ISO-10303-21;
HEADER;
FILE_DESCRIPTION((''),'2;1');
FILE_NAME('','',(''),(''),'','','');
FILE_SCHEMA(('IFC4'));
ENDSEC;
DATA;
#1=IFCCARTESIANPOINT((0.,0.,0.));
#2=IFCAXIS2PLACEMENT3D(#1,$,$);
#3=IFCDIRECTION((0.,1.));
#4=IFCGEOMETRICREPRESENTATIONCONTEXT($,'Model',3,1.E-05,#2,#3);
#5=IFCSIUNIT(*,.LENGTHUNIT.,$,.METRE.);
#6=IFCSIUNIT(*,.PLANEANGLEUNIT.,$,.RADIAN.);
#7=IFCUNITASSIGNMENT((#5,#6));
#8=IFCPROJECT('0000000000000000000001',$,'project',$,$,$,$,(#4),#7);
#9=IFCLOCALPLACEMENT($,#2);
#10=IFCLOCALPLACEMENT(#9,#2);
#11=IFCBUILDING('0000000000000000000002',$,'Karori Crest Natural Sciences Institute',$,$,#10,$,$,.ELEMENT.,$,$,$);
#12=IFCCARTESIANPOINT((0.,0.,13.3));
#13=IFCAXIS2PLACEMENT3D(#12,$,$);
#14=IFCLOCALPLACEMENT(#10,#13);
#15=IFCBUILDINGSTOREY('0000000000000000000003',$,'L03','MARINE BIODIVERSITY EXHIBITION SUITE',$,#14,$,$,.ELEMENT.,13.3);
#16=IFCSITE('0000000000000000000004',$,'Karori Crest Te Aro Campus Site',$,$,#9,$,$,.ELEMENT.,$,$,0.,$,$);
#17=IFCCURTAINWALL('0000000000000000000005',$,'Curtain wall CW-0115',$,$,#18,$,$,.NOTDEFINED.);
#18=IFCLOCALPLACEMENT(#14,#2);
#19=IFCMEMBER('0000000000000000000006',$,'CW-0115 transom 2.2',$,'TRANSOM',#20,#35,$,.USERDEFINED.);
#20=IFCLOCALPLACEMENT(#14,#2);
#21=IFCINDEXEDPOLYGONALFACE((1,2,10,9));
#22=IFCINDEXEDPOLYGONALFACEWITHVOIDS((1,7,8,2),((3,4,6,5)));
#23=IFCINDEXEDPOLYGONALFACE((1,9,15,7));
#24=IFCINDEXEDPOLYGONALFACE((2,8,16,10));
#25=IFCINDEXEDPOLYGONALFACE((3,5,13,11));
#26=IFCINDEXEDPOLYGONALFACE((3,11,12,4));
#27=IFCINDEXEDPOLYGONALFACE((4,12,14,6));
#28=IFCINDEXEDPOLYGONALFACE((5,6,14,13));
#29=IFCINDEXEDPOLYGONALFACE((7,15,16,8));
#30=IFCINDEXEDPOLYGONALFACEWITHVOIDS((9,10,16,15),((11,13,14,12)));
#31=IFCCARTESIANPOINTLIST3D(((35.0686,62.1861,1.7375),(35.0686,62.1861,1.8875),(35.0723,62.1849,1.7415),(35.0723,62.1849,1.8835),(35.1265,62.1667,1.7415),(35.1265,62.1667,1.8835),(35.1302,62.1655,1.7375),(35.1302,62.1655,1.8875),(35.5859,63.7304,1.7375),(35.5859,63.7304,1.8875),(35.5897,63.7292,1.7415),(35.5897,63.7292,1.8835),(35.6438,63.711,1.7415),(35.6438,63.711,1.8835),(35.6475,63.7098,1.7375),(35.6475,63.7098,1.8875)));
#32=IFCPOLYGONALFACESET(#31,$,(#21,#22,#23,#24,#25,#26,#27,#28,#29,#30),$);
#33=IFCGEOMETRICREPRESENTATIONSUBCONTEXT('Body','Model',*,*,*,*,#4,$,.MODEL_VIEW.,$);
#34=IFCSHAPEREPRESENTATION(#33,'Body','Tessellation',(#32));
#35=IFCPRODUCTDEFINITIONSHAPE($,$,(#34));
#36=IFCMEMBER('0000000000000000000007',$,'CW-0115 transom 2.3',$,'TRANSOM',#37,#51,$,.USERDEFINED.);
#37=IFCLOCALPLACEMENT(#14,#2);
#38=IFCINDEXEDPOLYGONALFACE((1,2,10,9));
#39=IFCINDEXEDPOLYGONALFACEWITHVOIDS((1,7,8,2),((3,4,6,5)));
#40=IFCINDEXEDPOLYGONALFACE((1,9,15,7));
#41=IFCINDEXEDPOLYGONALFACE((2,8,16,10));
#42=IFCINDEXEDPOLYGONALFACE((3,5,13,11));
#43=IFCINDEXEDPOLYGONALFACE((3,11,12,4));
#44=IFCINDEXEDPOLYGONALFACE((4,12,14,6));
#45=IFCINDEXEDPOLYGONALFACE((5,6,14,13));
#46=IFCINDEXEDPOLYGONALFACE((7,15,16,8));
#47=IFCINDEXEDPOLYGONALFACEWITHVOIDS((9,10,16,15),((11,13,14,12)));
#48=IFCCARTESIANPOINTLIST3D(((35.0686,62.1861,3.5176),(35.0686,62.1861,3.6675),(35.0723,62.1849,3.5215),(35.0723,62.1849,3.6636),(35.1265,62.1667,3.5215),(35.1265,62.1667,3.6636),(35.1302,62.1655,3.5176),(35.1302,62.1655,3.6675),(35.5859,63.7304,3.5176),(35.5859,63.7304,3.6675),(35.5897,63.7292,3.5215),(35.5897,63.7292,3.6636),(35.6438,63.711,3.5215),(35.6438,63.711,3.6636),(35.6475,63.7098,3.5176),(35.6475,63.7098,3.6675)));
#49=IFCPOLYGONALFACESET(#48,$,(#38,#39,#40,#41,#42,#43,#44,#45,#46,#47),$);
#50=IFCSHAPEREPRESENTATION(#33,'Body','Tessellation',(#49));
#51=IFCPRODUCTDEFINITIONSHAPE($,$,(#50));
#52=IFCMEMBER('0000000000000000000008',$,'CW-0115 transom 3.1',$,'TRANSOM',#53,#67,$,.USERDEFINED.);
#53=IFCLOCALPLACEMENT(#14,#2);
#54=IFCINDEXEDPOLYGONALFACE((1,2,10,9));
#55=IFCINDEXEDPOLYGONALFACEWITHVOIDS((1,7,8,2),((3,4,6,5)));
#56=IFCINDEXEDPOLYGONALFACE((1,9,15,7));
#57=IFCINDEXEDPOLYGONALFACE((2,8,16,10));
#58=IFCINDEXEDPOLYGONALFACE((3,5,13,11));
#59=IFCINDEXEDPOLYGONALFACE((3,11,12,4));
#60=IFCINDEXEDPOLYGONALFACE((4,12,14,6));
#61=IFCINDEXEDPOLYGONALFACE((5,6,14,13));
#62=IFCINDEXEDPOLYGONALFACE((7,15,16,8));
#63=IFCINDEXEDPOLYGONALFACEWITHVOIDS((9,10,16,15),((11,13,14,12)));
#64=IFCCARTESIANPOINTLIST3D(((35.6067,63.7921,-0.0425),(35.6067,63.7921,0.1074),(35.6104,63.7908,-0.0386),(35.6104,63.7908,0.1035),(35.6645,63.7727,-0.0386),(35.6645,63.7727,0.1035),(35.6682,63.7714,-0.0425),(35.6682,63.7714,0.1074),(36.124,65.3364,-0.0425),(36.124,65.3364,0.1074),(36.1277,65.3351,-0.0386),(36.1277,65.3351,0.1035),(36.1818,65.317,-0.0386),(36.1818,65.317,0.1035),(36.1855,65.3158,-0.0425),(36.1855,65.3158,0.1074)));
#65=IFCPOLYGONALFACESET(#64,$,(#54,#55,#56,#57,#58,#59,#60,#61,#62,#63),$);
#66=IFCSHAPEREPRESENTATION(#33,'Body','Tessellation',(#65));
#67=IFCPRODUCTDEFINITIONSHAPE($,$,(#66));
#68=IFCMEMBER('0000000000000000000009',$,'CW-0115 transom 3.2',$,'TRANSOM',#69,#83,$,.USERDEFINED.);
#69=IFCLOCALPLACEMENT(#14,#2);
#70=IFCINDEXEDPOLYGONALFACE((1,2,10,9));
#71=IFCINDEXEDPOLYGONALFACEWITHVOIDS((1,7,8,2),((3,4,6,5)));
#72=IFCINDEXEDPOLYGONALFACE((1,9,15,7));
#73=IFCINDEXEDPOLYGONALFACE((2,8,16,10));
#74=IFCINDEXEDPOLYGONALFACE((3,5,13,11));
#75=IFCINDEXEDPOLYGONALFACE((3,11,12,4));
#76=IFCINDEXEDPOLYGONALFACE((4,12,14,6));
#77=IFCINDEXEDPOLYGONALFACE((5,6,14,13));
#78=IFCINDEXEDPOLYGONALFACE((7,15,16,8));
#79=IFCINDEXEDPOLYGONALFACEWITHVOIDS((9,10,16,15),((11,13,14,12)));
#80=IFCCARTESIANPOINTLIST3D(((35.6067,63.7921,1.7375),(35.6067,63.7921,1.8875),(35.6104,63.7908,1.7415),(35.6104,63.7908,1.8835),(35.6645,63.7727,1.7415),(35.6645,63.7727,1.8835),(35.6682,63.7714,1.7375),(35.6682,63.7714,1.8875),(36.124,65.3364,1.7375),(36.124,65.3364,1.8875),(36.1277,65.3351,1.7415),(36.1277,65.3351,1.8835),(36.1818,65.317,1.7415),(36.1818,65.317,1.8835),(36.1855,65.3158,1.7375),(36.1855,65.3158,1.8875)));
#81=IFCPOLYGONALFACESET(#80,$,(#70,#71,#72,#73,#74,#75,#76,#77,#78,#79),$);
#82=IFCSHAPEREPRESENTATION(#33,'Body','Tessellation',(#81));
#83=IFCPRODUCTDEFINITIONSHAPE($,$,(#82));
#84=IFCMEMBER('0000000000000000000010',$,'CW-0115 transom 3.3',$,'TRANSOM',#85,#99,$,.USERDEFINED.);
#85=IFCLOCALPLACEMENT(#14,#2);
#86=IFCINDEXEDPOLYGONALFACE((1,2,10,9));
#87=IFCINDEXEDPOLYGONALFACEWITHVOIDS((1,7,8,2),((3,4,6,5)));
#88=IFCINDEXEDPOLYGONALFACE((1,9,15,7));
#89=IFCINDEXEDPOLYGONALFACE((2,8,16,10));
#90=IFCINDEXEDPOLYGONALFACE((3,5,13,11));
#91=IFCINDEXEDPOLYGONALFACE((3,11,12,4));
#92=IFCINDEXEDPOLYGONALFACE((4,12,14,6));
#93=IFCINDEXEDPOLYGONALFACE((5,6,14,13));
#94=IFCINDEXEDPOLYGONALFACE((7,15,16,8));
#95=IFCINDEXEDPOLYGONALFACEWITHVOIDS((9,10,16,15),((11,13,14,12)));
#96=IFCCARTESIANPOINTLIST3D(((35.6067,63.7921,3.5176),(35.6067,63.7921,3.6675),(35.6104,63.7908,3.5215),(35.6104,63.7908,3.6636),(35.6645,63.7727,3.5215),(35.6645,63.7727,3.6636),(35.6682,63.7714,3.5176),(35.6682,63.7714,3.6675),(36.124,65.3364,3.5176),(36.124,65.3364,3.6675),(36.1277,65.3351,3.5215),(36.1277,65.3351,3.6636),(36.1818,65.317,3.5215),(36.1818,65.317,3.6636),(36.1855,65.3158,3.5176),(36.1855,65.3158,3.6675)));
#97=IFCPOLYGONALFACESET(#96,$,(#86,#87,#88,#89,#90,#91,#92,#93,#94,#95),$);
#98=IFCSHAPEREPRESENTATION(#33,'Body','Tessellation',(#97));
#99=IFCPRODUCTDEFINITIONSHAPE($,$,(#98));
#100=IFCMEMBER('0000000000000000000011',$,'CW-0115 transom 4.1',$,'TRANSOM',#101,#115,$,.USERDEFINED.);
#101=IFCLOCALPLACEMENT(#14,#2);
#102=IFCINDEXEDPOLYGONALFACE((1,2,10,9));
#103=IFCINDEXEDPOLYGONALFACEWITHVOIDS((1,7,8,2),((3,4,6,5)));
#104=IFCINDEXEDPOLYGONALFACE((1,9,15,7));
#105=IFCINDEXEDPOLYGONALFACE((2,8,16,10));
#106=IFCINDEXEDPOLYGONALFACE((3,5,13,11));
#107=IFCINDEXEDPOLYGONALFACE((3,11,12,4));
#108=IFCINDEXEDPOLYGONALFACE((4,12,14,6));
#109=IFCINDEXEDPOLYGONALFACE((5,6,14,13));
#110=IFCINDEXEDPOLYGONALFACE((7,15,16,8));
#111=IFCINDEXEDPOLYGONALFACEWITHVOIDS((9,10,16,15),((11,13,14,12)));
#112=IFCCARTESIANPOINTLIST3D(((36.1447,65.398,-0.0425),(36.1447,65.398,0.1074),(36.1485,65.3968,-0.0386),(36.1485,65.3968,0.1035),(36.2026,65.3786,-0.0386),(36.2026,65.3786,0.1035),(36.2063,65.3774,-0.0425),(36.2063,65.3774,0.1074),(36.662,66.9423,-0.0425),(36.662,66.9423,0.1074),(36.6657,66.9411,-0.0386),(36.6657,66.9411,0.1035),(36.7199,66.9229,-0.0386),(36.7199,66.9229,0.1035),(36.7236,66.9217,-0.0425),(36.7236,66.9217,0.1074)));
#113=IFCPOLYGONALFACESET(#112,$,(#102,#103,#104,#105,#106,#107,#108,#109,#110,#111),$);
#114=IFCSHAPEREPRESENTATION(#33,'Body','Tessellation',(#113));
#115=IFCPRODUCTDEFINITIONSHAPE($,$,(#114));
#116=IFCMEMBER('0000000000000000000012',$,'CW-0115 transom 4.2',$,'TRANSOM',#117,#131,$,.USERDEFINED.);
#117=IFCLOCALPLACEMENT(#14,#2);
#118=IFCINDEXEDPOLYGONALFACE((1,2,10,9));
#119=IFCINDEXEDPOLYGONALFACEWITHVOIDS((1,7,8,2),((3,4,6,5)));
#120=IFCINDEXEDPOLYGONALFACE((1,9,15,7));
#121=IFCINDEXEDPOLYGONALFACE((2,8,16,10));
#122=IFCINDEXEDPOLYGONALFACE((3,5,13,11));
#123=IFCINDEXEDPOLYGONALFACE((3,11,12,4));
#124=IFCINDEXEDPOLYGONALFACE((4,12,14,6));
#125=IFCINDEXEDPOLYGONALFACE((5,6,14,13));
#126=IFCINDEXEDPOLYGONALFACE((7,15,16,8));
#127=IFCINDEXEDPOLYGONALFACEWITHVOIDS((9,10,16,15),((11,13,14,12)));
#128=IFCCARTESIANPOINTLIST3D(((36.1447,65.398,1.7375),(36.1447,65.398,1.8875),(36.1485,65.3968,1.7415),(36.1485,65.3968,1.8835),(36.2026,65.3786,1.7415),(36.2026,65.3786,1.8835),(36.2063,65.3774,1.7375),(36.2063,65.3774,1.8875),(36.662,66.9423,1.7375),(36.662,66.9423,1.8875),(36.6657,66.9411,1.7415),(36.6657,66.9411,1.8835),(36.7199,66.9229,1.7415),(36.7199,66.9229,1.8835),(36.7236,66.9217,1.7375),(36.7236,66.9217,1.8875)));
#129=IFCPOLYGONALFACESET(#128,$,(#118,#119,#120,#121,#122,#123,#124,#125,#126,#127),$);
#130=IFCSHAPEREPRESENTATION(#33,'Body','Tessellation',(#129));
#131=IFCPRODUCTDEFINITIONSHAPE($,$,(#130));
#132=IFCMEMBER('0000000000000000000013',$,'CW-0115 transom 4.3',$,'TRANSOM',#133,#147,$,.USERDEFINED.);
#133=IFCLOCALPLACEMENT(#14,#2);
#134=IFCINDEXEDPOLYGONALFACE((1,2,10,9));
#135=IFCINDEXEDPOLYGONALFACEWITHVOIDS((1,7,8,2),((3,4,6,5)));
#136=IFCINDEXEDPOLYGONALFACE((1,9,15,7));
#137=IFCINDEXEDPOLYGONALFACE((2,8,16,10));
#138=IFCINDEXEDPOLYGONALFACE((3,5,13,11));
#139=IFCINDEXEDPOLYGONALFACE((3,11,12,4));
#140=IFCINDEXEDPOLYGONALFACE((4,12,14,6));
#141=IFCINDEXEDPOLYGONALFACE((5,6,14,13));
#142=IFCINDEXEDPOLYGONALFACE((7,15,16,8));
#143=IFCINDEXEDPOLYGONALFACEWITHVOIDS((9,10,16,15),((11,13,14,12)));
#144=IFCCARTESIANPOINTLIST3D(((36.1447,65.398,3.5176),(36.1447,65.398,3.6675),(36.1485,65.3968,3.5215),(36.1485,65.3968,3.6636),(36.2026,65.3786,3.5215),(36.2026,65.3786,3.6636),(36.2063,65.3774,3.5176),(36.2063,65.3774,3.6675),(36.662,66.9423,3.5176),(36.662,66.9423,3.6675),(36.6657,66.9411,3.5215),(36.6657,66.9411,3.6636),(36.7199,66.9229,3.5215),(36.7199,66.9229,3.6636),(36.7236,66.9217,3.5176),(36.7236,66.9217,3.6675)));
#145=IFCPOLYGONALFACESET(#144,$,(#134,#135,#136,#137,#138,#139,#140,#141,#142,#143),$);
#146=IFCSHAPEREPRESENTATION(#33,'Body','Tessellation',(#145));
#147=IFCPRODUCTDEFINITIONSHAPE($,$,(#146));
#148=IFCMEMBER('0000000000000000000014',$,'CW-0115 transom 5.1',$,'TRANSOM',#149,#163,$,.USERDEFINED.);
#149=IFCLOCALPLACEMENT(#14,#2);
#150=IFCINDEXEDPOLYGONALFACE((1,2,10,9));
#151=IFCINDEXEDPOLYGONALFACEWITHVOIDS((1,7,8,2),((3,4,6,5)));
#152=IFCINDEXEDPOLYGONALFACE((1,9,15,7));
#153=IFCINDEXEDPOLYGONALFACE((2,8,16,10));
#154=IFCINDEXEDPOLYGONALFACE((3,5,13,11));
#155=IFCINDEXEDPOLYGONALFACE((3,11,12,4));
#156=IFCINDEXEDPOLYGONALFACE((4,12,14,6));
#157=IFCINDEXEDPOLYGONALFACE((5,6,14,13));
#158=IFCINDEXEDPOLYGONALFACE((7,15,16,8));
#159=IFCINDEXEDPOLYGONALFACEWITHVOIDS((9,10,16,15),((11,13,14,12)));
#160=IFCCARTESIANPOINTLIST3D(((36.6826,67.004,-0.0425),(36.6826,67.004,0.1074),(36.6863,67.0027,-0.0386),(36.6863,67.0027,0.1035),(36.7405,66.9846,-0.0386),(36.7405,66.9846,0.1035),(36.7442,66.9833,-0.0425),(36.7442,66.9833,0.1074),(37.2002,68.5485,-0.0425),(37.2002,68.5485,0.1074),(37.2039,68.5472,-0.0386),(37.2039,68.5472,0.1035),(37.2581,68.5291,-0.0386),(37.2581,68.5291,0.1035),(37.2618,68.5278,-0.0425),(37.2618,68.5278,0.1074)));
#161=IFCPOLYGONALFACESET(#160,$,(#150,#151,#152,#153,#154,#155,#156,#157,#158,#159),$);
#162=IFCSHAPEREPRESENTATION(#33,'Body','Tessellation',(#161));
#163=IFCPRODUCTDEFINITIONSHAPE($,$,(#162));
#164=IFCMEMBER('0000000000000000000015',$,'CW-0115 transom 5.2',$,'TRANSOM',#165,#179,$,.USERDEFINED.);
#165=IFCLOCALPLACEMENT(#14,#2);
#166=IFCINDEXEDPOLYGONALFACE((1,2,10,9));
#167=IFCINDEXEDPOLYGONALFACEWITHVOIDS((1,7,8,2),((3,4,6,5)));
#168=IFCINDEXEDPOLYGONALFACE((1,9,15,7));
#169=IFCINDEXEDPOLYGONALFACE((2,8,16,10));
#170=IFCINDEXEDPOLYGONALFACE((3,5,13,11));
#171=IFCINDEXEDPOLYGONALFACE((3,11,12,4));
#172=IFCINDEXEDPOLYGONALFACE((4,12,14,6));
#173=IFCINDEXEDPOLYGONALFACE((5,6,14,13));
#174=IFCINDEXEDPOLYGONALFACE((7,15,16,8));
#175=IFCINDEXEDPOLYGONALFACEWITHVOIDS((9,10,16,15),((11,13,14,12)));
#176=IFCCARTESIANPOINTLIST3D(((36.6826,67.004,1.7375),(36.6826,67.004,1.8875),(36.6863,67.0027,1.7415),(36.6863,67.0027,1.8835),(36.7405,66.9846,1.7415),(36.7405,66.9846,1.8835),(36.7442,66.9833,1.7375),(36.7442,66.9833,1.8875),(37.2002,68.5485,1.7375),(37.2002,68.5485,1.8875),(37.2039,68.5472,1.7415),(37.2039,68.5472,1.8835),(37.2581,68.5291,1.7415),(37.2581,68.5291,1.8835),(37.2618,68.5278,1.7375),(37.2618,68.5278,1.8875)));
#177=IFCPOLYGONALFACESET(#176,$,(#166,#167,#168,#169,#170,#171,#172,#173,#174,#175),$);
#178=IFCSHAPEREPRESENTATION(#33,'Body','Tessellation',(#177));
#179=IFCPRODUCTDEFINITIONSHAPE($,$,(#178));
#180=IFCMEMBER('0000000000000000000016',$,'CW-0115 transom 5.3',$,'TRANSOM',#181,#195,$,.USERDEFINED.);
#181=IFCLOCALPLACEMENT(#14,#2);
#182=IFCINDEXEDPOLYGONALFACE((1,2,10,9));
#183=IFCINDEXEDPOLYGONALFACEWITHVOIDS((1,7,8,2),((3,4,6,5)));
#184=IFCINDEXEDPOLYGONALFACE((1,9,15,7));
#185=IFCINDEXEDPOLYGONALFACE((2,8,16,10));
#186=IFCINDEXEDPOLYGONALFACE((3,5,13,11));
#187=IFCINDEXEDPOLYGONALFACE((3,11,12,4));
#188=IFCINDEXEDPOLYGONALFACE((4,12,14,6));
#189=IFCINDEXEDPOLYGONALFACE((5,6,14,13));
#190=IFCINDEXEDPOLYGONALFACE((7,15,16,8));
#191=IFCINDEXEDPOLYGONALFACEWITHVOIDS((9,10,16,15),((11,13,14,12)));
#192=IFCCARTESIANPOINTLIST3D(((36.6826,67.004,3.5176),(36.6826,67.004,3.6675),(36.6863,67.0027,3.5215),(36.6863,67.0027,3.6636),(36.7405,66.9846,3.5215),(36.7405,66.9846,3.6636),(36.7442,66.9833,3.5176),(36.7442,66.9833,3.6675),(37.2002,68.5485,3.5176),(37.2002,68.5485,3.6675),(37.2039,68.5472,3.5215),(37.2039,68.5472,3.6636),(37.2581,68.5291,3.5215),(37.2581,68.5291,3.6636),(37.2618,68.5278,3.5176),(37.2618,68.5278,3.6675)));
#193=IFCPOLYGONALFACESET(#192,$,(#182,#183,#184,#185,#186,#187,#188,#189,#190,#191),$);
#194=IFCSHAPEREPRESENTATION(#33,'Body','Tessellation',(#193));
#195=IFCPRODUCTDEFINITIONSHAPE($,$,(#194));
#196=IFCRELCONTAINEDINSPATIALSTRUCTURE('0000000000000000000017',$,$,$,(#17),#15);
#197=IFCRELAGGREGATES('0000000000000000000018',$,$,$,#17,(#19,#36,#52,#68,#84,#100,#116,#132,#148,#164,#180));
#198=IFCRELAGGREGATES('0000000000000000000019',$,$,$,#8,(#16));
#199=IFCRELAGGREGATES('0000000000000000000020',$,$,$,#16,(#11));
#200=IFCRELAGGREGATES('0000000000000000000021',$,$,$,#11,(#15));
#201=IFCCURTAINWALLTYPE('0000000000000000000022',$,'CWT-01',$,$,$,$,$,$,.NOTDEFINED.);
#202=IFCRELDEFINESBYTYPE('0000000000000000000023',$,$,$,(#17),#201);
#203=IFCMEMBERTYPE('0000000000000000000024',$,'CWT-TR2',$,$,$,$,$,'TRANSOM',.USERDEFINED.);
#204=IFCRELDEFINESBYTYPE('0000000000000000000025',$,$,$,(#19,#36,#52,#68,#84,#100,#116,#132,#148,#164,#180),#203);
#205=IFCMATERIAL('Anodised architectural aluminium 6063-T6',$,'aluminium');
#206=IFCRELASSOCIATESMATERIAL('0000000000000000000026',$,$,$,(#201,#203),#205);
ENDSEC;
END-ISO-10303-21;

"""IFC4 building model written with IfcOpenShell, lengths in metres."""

from ifc_helpers import new_model, si_unit, direction, frame, origin, origin_2d, place, context, subcontext, project, spatial, hollow_rectangle, extrude, material, material_profile, profile_set, type_object, element, aggregate, save


model = new_model("IFC4")

# Units and contexts
model_context = context("Model", 3, precision=1e-05, world=origin(), true_north=direction((0.0, 1.0)))
body_context = subcontext(model_context, "Body", "Model", "MODEL_VIEW")
ifc_project = project(units=[si_unit("LENGTHUNIT", "METRE"), si_unit("PLANEANGLEUNIT", "RADIAN")], contexts=[model_context])

# Site, building, storey
site_placement = place(None, origin())
site = spatial("IfcSite", under=ifc_project, at=site_placement, Name="Karori Crest Te Aro Campus Site", CompositionType="ELEMENT", RefElevation=0.0)
building_placement = place(site_placement, origin())
building = spatial("IfcBuilding", under=site, at=building_placement, Name="Karori Crest Natural Sciences Institute", CompositionType="ELEMENT")
storey_placement = place(building_placement, frame((0.0, 0.0, 13.3)))
storey = spatial("IfcBuildingStorey", under=building, at=storey_placement, Name="L03", Description="MARINE BIODIVERSITY EXHIBITION SUITE", CompositionType="ELEMENT", Elevation=13.3)

# Curtain wall, members
ifc_material_1 = material(Name="Anodised architectural aluminium 6063-T6", Category="aluminium")
curtain_wall_type = type_object("IfcCurtainWallType", Name="CWT-01", PredefinedType="NOTDEFINED", material=ifc_material_1)
curtain_wall_placement = place(storey_placement, origin())
curtain_wall = element("IfcCurtainWall", 1, at=curtain_wall_placement, inside=storey, type_object=curtain_wall_type, Name="Curtain wall CW-0115", PredefinedType="NOTDEFINED")
ifc_material_profile_1 = material_profile(ifc_material_1, hollow_rectangle(XDim=0.0649, YDim=0.1499, WallThickness=0.0039, at=origin_2d()), Name="CWT150x65x4")
ifc_profile_set_1 = profile_set([ifc_material_profile_1], Name="Anodised architectural aluminium 6063-T6")
member_type_1 = type_object("IfcMemberType", Name="CWT-TR2", ElementType="TRANSOM", PredefinedType="USERDEFINED", material=ifc_profile_set_1)
member_1_placement = place(storey_placement, frame((35.0994, 62.1758, 1.8125), z_axis=(0.317667, 0.948202, 0.0), x_axis=(-0.948202, 0.317667, 0.0)))
member_1 = element("IfcMember", 2, at=member_1_placement, type_object=member_type_1, Name="CW-0115 transom 2.2", ObjectType="TRANSOM", PredefinedType="USERDEFINED", context=body_context, shape_type="SweptSolid", body=[
    extrude(hollow_rectangle(XDim=0.0649, YDim=0.1499, WallThickness=0.0039, at=origin_2d()), origin(), (0.0, 0.0, 1.0), 1.6287),
])
member_2_placement = place(storey_placement, frame((35.0994, 62.1758, 3.5925), z_axis=(0.317667, 0.948202, 0.0), x_axis=(-0.948202, 0.317667, 0.0)))
member_2 = element("IfcMember", 3, at=member_2_placement, type_object=member_type_1, Name="CW-0115 transom 2.3", ObjectType="TRANSOM", PredefinedType="USERDEFINED", context=body_context, shape_type="SweptSolid", body=[
    extrude(hollow_rectangle(XDim=0.0649, YDim=0.1499, WallThickness=0.0039, at=origin_2d()), origin(), (0.0, 0.0, 1.0), 1.6287),
])
member_3_placement = place(storey_placement, frame((35.6375, 63.7817, 0.0325), z_axis=(0.317621, 0.948218, 0.0), x_axis=(-0.948218, 0.317621, 0.0)))
member_3 = element("IfcMember", 4, at=member_3_placement, type_object=member_type_1, Name="CW-0115 transom 3.1", ObjectType="TRANSOM", PredefinedType="USERDEFINED", context=body_context, shape_type="SweptSolid", body=[
    extrude(hollow_rectangle(XDim=0.0649, YDim=0.1499, WallThickness=0.0039, at=origin_2d()), origin(), (0.0, 0.0, 1.0), 1.6287),
])
member_4_placement = place(storey_placement, frame((35.6375, 63.7817, 1.8125), z_axis=(0.317621, 0.948218, 0.0), x_axis=(-0.948218, 0.317621, 0.0)))
member_4 = element("IfcMember", 5, at=member_4_placement, type_object=member_type_1, Name="CW-0115 transom 3.2", ObjectType="TRANSOM", PredefinedType="USERDEFINED", context=body_context, shape_type="SweptSolid", body=[
    extrude(hollow_rectangle(XDim=0.0649, YDim=0.1499, WallThickness=0.0039, at=origin_2d()), origin(), (0.0, 0.0, 1.0), 1.6287),
])
member_5_placement = place(storey_placement, frame((35.6375, 63.7817, 3.5925), z_axis=(0.317621, 0.948218, 0.0), x_axis=(-0.948218, 0.317621, 0.0)))
member_5 = element("IfcMember", 6, at=member_5_placement, type_object=member_type_1, Name="CW-0115 transom 3.3", ObjectType="TRANSOM", PredefinedType="USERDEFINED", context=body_context, shape_type="SweptSolid", body=[
    extrude(hollow_rectangle(XDim=0.0649, YDim=0.1499, WallThickness=0.0039, at=origin_2d()), origin(), (0.0, 0.0, 1.0), 1.6287),
])
member_6_placement = place(storey_placement, frame((36.1755, 65.3877, 0.0325), z_axis=(0.317621, 0.948218, 0.0), x_axis=(-0.948218, 0.317621, 0.0)))
member_6 = element("IfcMember", 7, at=member_6_placement, type_object=member_type_1, Name="CW-0115 transom 4.1", ObjectType="TRANSOM", PredefinedType="USERDEFINED", context=body_context, shape_type="SweptSolid", body=[
    extrude(hollow_rectangle(XDim=0.0649, YDim=0.1499, WallThickness=0.0039, at=origin_2d()), origin(), (0.0, 0.0, 1.0), 1.6287),
])
member_7_placement = place(storey_placement, frame((36.1755, 65.3877, 1.8125), z_axis=(0.317621, 0.948218, 0.0), x_axis=(-0.948218, 0.317621, 0.0)))
member_7 = element("IfcMember", 8, at=member_7_placement, type_object=member_type_1, Name="CW-0115 transom 4.2", ObjectType="TRANSOM", PredefinedType="USERDEFINED", context=body_context, shape_type="SweptSolid", body=[
    extrude(hollow_rectangle(XDim=0.0649, YDim=0.1499, WallThickness=0.0039, at=origin_2d()), origin(), (0.0, 0.0, 1.0), 1.6287),
])
member_8_placement = place(storey_placement, frame((36.1755, 65.3877, 3.5925), z_axis=(0.317621, 0.948218, 0.0), x_axis=(-0.948218, 0.317621, 0.0)))
member_8 = element("IfcMember", 9, at=member_8_placement, type_object=member_type_1, Name="CW-0115 transom 4.3", ObjectType="TRANSOM", PredefinedType="USERDEFINED", context=body_context, shape_type="SweptSolid", body=[
    extrude(hollow_rectangle(XDim=0.0649, YDim=0.1499, WallThickness=0.0039, at=origin_2d()), origin(), (0.0, 0.0, 1.0), 1.6287),
])
member_9_placement = place(storey_placement, frame((36.7134, 66.9937, 0.0325), z_axis=(0.317756, 0.948172, 0.0), x_axis=(-0.948172, 0.317756, 0.0)))
member_9 = element("IfcMember", 10, at=member_9_placement, type_object=member_type_1, Name="CW-0115 transom 5.1", ObjectType="TRANSOM", PredefinedType="USERDEFINED", context=body_context, shape_type="SweptSolid", body=[
    extrude(hollow_rectangle(XDim=0.0649, YDim=0.1499, WallThickness=0.0039, at=origin_2d()), origin(), (0.0, 0.0, 1.0), 1.6289),
])
member_10_placement = place(storey_placement, frame((36.7134, 66.9937, 1.8125), z_axis=(0.317756, 0.948172, 0.0), x_axis=(-0.948172, 0.317756, 0.0)))
member_10 = element("IfcMember", 11, at=member_10_placement, type_object=member_type_1, Name="CW-0115 transom 5.2", ObjectType="TRANSOM", PredefinedType="USERDEFINED", context=body_context, shape_type="SweptSolid", body=[
    extrude(hollow_rectangle(XDim=0.0649, YDim=0.1499, WallThickness=0.0039, at=origin_2d()), origin(), (0.0, 0.0, 1.0), 1.6289),
])
member_11_placement = place(storey_placement, frame((36.7134, 66.9937, 3.5925), z_axis=(0.317756, 0.948172, 0.0), x_axis=(-0.948172, 0.317756, 0.0)))
member_11 = element("IfcMember", 12, at=member_11_placement, type_object=member_type_1, Name="CW-0115 transom 5.3", ObjectType="TRANSOM", PredefinedType="USERDEFINED", context=body_context, shape_type="SweptSolid", body=[
    extrude(hollow_rectangle(XDim=0.0649, YDim=0.1499, WallThickness=0.0039, at=origin_2d()), origin(), (0.0, 0.0, 1.0), 1.6289),
])
aggregate(curtain_wall, [member_1, member_2, member_3, member_4, member_5, member_6, member_7, member_8, member_9, member_10, member_11])

save(model, "model.ifc")
